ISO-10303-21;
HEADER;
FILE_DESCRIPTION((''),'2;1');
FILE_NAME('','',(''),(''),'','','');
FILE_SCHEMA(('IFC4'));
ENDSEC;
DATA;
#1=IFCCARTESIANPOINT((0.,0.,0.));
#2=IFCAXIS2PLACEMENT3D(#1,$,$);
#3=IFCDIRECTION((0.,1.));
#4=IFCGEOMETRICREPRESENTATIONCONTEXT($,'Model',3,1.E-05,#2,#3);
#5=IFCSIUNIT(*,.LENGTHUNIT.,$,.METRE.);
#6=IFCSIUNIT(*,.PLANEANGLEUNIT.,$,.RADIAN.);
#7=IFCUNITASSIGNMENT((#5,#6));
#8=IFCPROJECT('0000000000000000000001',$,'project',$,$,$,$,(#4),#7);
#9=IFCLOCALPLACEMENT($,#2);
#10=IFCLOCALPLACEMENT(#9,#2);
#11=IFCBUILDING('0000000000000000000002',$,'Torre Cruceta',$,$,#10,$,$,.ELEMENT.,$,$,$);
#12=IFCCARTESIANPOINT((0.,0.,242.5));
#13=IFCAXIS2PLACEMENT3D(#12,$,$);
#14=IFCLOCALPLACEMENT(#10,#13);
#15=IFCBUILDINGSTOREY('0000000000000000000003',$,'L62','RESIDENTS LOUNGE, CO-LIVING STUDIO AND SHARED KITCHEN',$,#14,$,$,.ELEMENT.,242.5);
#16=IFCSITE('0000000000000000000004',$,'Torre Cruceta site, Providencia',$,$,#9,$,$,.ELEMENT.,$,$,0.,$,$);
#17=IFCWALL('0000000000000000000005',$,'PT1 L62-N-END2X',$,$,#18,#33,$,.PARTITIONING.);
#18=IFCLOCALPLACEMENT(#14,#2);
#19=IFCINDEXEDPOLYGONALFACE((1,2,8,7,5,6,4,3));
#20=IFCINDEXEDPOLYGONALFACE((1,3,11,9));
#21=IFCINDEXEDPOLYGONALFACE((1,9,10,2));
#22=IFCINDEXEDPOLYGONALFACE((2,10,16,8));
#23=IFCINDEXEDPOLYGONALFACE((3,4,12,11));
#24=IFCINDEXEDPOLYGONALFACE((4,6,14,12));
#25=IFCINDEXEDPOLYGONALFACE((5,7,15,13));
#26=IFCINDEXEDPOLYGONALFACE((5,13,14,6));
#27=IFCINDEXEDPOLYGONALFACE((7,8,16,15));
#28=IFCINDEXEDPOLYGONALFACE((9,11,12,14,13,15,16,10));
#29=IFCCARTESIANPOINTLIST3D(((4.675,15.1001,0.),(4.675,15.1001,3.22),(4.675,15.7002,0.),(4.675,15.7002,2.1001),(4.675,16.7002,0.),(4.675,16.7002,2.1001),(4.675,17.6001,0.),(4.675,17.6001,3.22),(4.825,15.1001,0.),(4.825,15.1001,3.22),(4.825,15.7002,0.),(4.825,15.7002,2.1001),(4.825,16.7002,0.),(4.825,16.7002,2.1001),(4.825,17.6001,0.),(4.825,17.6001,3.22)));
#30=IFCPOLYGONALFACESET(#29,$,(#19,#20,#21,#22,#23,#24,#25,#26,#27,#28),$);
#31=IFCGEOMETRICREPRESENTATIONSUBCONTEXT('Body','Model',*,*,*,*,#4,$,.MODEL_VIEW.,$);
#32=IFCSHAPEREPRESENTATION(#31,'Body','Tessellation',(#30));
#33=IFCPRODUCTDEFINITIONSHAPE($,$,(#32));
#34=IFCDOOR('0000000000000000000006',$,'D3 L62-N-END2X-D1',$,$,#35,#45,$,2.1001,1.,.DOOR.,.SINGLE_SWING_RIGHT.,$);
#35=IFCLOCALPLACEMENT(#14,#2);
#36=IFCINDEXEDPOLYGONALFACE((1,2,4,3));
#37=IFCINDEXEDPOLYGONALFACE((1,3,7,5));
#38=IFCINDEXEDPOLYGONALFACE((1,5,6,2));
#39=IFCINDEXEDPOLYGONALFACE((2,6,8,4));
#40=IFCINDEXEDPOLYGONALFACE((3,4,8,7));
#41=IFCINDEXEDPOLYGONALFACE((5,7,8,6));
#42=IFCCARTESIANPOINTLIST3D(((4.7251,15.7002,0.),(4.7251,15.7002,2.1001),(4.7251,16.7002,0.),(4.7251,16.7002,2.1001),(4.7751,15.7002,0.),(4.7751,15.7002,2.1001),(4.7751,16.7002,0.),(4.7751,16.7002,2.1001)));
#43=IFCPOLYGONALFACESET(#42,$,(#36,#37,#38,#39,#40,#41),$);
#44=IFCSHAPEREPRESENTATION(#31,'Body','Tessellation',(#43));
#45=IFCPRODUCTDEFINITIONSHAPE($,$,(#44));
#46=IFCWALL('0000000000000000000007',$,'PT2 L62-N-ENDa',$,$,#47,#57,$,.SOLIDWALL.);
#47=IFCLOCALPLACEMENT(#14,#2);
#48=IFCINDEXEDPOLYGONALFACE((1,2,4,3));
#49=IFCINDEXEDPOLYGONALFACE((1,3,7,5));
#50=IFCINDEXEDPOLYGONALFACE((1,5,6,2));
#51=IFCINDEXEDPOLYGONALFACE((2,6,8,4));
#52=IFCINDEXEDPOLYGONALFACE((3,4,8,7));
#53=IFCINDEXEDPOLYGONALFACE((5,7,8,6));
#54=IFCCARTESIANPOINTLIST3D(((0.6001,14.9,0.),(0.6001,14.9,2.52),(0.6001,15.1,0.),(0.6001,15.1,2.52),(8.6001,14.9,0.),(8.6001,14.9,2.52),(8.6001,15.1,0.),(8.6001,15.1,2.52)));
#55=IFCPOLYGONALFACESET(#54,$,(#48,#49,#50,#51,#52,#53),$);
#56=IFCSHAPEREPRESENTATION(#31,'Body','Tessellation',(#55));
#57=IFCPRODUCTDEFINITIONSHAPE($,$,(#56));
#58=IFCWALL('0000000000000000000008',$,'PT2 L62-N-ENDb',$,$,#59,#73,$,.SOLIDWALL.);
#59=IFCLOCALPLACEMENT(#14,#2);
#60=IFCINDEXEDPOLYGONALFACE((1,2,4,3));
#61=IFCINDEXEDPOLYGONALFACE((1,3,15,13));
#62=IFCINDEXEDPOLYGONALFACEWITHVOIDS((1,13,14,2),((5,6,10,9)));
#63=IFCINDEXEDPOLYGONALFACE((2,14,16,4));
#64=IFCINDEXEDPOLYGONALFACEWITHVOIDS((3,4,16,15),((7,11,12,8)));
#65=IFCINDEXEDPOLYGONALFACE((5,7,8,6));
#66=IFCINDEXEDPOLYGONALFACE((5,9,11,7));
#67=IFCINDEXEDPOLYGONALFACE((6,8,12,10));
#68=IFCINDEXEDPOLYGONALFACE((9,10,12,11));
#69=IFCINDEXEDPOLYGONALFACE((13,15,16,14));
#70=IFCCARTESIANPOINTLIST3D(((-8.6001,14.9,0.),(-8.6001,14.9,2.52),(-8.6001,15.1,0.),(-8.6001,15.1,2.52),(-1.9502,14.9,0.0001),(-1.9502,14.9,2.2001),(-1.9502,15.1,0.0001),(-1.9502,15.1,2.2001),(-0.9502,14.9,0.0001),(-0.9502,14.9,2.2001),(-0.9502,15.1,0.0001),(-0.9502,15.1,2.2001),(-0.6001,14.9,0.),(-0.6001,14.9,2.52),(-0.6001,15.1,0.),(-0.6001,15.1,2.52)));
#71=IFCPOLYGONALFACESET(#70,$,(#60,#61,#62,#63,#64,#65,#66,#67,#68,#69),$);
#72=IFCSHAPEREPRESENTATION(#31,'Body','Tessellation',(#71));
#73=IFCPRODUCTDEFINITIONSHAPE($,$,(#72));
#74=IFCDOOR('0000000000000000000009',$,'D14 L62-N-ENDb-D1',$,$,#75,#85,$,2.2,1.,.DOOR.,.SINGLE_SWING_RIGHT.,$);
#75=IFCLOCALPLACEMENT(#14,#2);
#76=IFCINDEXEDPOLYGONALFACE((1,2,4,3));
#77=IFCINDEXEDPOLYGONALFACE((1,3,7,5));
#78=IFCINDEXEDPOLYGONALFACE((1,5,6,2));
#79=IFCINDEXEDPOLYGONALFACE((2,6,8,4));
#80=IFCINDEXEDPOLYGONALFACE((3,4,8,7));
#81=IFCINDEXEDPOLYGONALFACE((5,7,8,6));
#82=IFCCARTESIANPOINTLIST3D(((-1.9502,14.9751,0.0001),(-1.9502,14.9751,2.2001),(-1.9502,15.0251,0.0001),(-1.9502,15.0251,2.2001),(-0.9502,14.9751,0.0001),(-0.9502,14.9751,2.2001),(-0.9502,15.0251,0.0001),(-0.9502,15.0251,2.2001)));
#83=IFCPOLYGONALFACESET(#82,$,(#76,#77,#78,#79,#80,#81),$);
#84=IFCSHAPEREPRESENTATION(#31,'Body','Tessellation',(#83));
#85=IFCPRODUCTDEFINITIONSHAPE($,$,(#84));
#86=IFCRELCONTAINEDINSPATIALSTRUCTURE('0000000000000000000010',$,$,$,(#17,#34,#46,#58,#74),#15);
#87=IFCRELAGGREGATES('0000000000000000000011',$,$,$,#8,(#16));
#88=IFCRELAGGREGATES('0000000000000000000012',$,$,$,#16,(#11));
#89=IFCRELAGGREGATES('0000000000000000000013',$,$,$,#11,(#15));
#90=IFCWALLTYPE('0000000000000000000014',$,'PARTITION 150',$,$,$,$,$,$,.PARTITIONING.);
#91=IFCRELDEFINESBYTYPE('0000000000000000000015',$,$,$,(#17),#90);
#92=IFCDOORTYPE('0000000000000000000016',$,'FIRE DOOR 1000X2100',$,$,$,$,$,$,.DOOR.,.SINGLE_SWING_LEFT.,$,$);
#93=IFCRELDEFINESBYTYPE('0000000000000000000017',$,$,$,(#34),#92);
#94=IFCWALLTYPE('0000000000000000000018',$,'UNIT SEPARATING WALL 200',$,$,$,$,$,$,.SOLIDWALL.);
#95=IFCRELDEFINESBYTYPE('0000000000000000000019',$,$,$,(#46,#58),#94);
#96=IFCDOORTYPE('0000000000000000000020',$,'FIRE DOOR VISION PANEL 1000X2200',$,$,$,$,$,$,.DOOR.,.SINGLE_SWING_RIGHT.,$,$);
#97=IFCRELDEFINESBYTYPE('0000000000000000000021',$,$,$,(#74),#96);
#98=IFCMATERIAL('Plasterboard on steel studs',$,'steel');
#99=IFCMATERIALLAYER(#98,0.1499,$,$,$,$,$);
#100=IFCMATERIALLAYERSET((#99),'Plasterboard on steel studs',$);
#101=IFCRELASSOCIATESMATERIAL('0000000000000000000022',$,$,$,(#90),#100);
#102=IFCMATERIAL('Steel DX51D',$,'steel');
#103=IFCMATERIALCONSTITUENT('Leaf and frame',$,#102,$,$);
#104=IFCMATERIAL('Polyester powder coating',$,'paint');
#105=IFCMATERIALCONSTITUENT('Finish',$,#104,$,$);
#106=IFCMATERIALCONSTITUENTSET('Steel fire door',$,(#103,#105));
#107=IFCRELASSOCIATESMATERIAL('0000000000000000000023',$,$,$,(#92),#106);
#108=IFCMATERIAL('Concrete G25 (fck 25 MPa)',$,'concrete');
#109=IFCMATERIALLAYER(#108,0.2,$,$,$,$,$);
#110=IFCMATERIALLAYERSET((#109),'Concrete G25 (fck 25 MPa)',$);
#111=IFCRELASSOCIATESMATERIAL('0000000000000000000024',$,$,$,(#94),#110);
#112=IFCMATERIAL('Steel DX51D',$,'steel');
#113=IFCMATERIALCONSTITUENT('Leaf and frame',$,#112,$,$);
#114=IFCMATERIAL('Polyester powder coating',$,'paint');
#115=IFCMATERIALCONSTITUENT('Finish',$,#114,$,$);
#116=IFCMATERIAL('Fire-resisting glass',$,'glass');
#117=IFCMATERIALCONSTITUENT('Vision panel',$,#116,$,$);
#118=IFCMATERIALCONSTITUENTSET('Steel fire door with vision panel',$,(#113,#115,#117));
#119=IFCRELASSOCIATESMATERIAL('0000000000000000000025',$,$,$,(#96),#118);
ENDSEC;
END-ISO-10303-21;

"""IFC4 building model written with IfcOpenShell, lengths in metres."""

from ifc_helpers import new_model, si_unit, direction, frame, frame_2d, origin, place, context, subcontext, project, spatial, rectangle, extrude, material, layer, layer_set, constituent, constituent_set, type_object, element, fill, save


model = new_model("IFC4")

# Units and contexts
model_context = context("Model", 3, precision=1e-05, world=origin(), true_north=direction((0.0, 1.0)))
body_context = subcontext(model_context, "Body", "Model", "MODEL_VIEW")
ifc_project = project(units=[si_unit("LENGTHUNIT", "METRE"), si_unit("PLANEANGLEUNIT", "RADIAN")], contexts=[model_context])

# Site, building, storey
site_placement = place(None, origin())
site = spatial("IfcSite", under=ifc_project, at=site_placement, Name="Torre Cruceta site, Providencia", CompositionType="ELEMENT", RefElevation=0.0)
building_placement = place(site_placement, origin())
building = spatial("IfcBuilding", under=site, at=building_placement, Name="Torre Cruceta", CompositionType="ELEMENT")
storey_placement = place(building_placement, frame((0.0, 0.0, 242.5)))
storey = spatial("IfcBuildingStorey", under=building, at=storey_placement, Name="L62", Description="RESIDENTS LOUNGE, CO-LIVING STUDIO AND SHARED KITCHEN", CompositionType="ELEMENT", Elevation=242.5)

# Wall, opening, door
ifc_material_1 = material(Name="Plasterboard on steel studs", Category="steel")
ifc_layer_1 = layer(ifc_material_1, 0.1499)
ifc_layer_set_1 = layer_set([ifc_layer_1], Name="Plasterboard on steel studs")
wall_type_1 = type_object("IfcWallType", Name="PARTITION 150", PredefinedType="PARTITIONING", material=ifc_layer_set_1)
wall_1_placement = place(storey_placement, frame((4.75, 15.1001, 0.0), z_axis=(0.0, 0.0, 1.0), x_axis=(0.0, 1.0, 0.0)))
wall_1 = element("IfcWall", 1, at=wall_1_placement, inside=storey, type_object=wall_type_1, Name="PT1 L62-N-END2X", PredefinedType="PARTITIONING", context=body_context, shape_type="SweptSolid", body=[
    extrude(rectangle(XDim=2.5, YDim=0.1499, at=frame_2d((1.25, 0.0))), origin(), (0.0, 0.0, 1.0), 3.22),
])
opening_1_placement = place(wall_1_placement, frame((0.6001, 0.0, 0.0)))
opening_1 = element("IfcOpeningElement", 2, at=opening_1_placement, cuts=wall_1, PredefinedType="OPENING", context=body_context, shape_type="SweptSolid", body=[
    extrude(rectangle(XDim=1.0, YDim=2.1001, at=frame_2d((0.5, 1.05))), frame((0.0, 0.085, 0.0), z_axis=(0.0, -1.0, 0.0), x_axis=(1.0, 0.0, 0.0)), (0.0, 0.0, 1.0), 0.1699),
])
ifc_material_2 = material(Name="Steel DX51D", Category="steel")
ifc_constituent_1 = constituent(ifc_material_2, Name="Leaf and frame")
ifc_material_3 = material(Name="Polyester powder coating", Category="paint")
ifc_constituent_2 = constituent(ifc_material_3, Name="Finish")
ifc_constituent_set_1 = constituent_set(constituents=[ifc_constituent_1, ifc_constituent_2], Name="Steel fire door")
door_type_1 = type_object("IfcDoorType", Name="FIRE DOOR 1000X2100", OperationType="SINGLE_SWING_LEFT", PredefinedType="DOOR", material=ifc_constituent_set_1)
door_1_placement = place(opening_1_placement, frame((1.0, 0.0, 0.0), z_axis=(0.0, 0.0, 1.0), x_axis=(-1.0, 0.0, 0.0)))
door_1 = element("IfcDoor", 3, at=door_1_placement, inside=storey, type_object=door_type_1, Name="D3 L62-N-END2X-D1", OperationType="SINGLE_SWING_RIGHT", OverallHeight=2.1001, OverallWidth=1.0, PredefinedType="DOOR", context=body_context, shape_type="SweptSolid", body=[
    extrude(rectangle(XDim=1.0, YDim=2.1001, at=frame_2d((0.5, 1.05))), frame((0.0, 0.0251, 0.0), z_axis=(0.0, -1.0, 0.0), x_axis=(1.0, 0.0, 0.0)), (0.0, 0.0, 1.0), 0.05),
])
fill(opening_1, door_1)

# Wall
ifc_material_4 = material(Name="Concrete G25 (fck 25 MPa)", Category="concrete")
ifc_layer_2 = layer(ifc_material_4, 0.2)
ifc_layer_set_2 = layer_set([ifc_layer_2], Name="Concrete G25 (fck 25 MPa)")
wall_type_2 = type_object("IfcWallType", Name="UNIT SEPARATING WALL 200", PredefinedType="SOLIDWALL", material=ifc_layer_set_2)
wall_2_placement = place(storey_placement, frame((8.6001, 15.0, 0.0), z_axis=(0.0, 0.0, 1.0), x_axis=(-1.0, 0.0, 0.0)))
element("IfcWall", 4, at=wall_2_placement, inside=storey, type_object=wall_type_2, Name="PT2 L62-N-ENDa", PredefinedType="SOLIDWALL", context=body_context, shape_type="SweptSolid", body=[
    extrude(rectangle(XDim=8.0, YDim=0.2, at=frame_2d((4.0, 0.0))), origin(), (0.0, 0.0, 1.0), 2.52),
])

# Wall, opening, door
wall_3_placement = place(storey_placement, frame((-0.6001, 15.0, 0.0), z_axis=(0.0, 0.0, 1.0), x_axis=(-1.0, 0.0, 0.0)))
wall_3 = element("IfcWall", 5, at=wall_3_placement, inside=storey, type_object=wall_type_2, Name="PT2 L62-N-ENDb", PredefinedType="SOLIDWALL", context=body_context, shape_type="SweptSolid", body=[
    extrude(rectangle(XDim=8.0, YDim=0.2, at=frame_2d((4.0, 0.0))), origin(), (0.0, 0.0, 1.0), 2.52),
])
opening_2_placement = place(wall_3_placement, frame((0.3501, 0.0, 0.0)))
opening_2 = element("IfcOpeningElement", 6, at=opening_2_placement, cuts=wall_3, PredefinedType="OPENING", context=body_context, shape_type="SweptSolid", body=[
    extrude(rectangle(XDim=1.0, YDim=2.2, at=frame_2d((0.5, 1.1001))), frame((0.0, 0.1099, 0.0), z_axis=(0.0, -1.0, 0.0), x_axis=(1.0, 0.0, 0.0)), (0.0, 0.0, 1.0), 0.22),
])
ifc_material_5 = material(Name="Steel DX51D", Category="steel")
ifc_constituent_3 = constituent(ifc_material_5, Name="Leaf and frame")
ifc_material_6 = material(Name="Polyester powder coating", Category="paint")
ifc_constituent_4 = constituent(ifc_material_6, Name="Finish")
ifc_material_7 = material(Name="Fire-resisting glass", Category="glass")
ifc_constituent_5 = constituent(ifc_material_7, Name="Vision panel")
ifc_constituent_set_2 = constituent_set(constituents=[ifc_constituent_3, ifc_constituent_4, ifc_constituent_5], Name="Steel fire door with vision panel")
door_type_2 = type_object("IfcDoorType", Name="FIRE DOOR VISION PANEL 1000X2200", OperationType="SINGLE_SWING_RIGHT", PredefinedType="DOOR", material=ifc_constituent_set_2)
door_2_placement = place(opening_2_placement, frame((1.0, 0.0, 0.0), z_axis=(0.0, 0.0, 1.0), x_axis=(-1.0, 0.0, 0.0)))
door_2 = element("IfcDoor", 7, at=door_2_placement, inside=storey, type_object=door_type_2, Name="D14 L62-N-ENDb-D1", OperationType="SINGLE_SWING_RIGHT", OverallHeight=2.2, OverallWidth=1.0, PredefinedType="DOOR", context=body_context, shape_type="SweptSolid", body=[
    extrude(rectangle(XDim=1.0, YDim=2.2, at=frame_2d((0.5, 1.1001))), frame((0.0, 0.0251, 0.0), z_axis=(0.0, -1.0, 0.0), x_axis=(1.0, 0.0, 0.0)), (0.0, 0.0, 1.0), 0.05),
])
fill(opening_2, door_2)

save(model, "model.ifc")
